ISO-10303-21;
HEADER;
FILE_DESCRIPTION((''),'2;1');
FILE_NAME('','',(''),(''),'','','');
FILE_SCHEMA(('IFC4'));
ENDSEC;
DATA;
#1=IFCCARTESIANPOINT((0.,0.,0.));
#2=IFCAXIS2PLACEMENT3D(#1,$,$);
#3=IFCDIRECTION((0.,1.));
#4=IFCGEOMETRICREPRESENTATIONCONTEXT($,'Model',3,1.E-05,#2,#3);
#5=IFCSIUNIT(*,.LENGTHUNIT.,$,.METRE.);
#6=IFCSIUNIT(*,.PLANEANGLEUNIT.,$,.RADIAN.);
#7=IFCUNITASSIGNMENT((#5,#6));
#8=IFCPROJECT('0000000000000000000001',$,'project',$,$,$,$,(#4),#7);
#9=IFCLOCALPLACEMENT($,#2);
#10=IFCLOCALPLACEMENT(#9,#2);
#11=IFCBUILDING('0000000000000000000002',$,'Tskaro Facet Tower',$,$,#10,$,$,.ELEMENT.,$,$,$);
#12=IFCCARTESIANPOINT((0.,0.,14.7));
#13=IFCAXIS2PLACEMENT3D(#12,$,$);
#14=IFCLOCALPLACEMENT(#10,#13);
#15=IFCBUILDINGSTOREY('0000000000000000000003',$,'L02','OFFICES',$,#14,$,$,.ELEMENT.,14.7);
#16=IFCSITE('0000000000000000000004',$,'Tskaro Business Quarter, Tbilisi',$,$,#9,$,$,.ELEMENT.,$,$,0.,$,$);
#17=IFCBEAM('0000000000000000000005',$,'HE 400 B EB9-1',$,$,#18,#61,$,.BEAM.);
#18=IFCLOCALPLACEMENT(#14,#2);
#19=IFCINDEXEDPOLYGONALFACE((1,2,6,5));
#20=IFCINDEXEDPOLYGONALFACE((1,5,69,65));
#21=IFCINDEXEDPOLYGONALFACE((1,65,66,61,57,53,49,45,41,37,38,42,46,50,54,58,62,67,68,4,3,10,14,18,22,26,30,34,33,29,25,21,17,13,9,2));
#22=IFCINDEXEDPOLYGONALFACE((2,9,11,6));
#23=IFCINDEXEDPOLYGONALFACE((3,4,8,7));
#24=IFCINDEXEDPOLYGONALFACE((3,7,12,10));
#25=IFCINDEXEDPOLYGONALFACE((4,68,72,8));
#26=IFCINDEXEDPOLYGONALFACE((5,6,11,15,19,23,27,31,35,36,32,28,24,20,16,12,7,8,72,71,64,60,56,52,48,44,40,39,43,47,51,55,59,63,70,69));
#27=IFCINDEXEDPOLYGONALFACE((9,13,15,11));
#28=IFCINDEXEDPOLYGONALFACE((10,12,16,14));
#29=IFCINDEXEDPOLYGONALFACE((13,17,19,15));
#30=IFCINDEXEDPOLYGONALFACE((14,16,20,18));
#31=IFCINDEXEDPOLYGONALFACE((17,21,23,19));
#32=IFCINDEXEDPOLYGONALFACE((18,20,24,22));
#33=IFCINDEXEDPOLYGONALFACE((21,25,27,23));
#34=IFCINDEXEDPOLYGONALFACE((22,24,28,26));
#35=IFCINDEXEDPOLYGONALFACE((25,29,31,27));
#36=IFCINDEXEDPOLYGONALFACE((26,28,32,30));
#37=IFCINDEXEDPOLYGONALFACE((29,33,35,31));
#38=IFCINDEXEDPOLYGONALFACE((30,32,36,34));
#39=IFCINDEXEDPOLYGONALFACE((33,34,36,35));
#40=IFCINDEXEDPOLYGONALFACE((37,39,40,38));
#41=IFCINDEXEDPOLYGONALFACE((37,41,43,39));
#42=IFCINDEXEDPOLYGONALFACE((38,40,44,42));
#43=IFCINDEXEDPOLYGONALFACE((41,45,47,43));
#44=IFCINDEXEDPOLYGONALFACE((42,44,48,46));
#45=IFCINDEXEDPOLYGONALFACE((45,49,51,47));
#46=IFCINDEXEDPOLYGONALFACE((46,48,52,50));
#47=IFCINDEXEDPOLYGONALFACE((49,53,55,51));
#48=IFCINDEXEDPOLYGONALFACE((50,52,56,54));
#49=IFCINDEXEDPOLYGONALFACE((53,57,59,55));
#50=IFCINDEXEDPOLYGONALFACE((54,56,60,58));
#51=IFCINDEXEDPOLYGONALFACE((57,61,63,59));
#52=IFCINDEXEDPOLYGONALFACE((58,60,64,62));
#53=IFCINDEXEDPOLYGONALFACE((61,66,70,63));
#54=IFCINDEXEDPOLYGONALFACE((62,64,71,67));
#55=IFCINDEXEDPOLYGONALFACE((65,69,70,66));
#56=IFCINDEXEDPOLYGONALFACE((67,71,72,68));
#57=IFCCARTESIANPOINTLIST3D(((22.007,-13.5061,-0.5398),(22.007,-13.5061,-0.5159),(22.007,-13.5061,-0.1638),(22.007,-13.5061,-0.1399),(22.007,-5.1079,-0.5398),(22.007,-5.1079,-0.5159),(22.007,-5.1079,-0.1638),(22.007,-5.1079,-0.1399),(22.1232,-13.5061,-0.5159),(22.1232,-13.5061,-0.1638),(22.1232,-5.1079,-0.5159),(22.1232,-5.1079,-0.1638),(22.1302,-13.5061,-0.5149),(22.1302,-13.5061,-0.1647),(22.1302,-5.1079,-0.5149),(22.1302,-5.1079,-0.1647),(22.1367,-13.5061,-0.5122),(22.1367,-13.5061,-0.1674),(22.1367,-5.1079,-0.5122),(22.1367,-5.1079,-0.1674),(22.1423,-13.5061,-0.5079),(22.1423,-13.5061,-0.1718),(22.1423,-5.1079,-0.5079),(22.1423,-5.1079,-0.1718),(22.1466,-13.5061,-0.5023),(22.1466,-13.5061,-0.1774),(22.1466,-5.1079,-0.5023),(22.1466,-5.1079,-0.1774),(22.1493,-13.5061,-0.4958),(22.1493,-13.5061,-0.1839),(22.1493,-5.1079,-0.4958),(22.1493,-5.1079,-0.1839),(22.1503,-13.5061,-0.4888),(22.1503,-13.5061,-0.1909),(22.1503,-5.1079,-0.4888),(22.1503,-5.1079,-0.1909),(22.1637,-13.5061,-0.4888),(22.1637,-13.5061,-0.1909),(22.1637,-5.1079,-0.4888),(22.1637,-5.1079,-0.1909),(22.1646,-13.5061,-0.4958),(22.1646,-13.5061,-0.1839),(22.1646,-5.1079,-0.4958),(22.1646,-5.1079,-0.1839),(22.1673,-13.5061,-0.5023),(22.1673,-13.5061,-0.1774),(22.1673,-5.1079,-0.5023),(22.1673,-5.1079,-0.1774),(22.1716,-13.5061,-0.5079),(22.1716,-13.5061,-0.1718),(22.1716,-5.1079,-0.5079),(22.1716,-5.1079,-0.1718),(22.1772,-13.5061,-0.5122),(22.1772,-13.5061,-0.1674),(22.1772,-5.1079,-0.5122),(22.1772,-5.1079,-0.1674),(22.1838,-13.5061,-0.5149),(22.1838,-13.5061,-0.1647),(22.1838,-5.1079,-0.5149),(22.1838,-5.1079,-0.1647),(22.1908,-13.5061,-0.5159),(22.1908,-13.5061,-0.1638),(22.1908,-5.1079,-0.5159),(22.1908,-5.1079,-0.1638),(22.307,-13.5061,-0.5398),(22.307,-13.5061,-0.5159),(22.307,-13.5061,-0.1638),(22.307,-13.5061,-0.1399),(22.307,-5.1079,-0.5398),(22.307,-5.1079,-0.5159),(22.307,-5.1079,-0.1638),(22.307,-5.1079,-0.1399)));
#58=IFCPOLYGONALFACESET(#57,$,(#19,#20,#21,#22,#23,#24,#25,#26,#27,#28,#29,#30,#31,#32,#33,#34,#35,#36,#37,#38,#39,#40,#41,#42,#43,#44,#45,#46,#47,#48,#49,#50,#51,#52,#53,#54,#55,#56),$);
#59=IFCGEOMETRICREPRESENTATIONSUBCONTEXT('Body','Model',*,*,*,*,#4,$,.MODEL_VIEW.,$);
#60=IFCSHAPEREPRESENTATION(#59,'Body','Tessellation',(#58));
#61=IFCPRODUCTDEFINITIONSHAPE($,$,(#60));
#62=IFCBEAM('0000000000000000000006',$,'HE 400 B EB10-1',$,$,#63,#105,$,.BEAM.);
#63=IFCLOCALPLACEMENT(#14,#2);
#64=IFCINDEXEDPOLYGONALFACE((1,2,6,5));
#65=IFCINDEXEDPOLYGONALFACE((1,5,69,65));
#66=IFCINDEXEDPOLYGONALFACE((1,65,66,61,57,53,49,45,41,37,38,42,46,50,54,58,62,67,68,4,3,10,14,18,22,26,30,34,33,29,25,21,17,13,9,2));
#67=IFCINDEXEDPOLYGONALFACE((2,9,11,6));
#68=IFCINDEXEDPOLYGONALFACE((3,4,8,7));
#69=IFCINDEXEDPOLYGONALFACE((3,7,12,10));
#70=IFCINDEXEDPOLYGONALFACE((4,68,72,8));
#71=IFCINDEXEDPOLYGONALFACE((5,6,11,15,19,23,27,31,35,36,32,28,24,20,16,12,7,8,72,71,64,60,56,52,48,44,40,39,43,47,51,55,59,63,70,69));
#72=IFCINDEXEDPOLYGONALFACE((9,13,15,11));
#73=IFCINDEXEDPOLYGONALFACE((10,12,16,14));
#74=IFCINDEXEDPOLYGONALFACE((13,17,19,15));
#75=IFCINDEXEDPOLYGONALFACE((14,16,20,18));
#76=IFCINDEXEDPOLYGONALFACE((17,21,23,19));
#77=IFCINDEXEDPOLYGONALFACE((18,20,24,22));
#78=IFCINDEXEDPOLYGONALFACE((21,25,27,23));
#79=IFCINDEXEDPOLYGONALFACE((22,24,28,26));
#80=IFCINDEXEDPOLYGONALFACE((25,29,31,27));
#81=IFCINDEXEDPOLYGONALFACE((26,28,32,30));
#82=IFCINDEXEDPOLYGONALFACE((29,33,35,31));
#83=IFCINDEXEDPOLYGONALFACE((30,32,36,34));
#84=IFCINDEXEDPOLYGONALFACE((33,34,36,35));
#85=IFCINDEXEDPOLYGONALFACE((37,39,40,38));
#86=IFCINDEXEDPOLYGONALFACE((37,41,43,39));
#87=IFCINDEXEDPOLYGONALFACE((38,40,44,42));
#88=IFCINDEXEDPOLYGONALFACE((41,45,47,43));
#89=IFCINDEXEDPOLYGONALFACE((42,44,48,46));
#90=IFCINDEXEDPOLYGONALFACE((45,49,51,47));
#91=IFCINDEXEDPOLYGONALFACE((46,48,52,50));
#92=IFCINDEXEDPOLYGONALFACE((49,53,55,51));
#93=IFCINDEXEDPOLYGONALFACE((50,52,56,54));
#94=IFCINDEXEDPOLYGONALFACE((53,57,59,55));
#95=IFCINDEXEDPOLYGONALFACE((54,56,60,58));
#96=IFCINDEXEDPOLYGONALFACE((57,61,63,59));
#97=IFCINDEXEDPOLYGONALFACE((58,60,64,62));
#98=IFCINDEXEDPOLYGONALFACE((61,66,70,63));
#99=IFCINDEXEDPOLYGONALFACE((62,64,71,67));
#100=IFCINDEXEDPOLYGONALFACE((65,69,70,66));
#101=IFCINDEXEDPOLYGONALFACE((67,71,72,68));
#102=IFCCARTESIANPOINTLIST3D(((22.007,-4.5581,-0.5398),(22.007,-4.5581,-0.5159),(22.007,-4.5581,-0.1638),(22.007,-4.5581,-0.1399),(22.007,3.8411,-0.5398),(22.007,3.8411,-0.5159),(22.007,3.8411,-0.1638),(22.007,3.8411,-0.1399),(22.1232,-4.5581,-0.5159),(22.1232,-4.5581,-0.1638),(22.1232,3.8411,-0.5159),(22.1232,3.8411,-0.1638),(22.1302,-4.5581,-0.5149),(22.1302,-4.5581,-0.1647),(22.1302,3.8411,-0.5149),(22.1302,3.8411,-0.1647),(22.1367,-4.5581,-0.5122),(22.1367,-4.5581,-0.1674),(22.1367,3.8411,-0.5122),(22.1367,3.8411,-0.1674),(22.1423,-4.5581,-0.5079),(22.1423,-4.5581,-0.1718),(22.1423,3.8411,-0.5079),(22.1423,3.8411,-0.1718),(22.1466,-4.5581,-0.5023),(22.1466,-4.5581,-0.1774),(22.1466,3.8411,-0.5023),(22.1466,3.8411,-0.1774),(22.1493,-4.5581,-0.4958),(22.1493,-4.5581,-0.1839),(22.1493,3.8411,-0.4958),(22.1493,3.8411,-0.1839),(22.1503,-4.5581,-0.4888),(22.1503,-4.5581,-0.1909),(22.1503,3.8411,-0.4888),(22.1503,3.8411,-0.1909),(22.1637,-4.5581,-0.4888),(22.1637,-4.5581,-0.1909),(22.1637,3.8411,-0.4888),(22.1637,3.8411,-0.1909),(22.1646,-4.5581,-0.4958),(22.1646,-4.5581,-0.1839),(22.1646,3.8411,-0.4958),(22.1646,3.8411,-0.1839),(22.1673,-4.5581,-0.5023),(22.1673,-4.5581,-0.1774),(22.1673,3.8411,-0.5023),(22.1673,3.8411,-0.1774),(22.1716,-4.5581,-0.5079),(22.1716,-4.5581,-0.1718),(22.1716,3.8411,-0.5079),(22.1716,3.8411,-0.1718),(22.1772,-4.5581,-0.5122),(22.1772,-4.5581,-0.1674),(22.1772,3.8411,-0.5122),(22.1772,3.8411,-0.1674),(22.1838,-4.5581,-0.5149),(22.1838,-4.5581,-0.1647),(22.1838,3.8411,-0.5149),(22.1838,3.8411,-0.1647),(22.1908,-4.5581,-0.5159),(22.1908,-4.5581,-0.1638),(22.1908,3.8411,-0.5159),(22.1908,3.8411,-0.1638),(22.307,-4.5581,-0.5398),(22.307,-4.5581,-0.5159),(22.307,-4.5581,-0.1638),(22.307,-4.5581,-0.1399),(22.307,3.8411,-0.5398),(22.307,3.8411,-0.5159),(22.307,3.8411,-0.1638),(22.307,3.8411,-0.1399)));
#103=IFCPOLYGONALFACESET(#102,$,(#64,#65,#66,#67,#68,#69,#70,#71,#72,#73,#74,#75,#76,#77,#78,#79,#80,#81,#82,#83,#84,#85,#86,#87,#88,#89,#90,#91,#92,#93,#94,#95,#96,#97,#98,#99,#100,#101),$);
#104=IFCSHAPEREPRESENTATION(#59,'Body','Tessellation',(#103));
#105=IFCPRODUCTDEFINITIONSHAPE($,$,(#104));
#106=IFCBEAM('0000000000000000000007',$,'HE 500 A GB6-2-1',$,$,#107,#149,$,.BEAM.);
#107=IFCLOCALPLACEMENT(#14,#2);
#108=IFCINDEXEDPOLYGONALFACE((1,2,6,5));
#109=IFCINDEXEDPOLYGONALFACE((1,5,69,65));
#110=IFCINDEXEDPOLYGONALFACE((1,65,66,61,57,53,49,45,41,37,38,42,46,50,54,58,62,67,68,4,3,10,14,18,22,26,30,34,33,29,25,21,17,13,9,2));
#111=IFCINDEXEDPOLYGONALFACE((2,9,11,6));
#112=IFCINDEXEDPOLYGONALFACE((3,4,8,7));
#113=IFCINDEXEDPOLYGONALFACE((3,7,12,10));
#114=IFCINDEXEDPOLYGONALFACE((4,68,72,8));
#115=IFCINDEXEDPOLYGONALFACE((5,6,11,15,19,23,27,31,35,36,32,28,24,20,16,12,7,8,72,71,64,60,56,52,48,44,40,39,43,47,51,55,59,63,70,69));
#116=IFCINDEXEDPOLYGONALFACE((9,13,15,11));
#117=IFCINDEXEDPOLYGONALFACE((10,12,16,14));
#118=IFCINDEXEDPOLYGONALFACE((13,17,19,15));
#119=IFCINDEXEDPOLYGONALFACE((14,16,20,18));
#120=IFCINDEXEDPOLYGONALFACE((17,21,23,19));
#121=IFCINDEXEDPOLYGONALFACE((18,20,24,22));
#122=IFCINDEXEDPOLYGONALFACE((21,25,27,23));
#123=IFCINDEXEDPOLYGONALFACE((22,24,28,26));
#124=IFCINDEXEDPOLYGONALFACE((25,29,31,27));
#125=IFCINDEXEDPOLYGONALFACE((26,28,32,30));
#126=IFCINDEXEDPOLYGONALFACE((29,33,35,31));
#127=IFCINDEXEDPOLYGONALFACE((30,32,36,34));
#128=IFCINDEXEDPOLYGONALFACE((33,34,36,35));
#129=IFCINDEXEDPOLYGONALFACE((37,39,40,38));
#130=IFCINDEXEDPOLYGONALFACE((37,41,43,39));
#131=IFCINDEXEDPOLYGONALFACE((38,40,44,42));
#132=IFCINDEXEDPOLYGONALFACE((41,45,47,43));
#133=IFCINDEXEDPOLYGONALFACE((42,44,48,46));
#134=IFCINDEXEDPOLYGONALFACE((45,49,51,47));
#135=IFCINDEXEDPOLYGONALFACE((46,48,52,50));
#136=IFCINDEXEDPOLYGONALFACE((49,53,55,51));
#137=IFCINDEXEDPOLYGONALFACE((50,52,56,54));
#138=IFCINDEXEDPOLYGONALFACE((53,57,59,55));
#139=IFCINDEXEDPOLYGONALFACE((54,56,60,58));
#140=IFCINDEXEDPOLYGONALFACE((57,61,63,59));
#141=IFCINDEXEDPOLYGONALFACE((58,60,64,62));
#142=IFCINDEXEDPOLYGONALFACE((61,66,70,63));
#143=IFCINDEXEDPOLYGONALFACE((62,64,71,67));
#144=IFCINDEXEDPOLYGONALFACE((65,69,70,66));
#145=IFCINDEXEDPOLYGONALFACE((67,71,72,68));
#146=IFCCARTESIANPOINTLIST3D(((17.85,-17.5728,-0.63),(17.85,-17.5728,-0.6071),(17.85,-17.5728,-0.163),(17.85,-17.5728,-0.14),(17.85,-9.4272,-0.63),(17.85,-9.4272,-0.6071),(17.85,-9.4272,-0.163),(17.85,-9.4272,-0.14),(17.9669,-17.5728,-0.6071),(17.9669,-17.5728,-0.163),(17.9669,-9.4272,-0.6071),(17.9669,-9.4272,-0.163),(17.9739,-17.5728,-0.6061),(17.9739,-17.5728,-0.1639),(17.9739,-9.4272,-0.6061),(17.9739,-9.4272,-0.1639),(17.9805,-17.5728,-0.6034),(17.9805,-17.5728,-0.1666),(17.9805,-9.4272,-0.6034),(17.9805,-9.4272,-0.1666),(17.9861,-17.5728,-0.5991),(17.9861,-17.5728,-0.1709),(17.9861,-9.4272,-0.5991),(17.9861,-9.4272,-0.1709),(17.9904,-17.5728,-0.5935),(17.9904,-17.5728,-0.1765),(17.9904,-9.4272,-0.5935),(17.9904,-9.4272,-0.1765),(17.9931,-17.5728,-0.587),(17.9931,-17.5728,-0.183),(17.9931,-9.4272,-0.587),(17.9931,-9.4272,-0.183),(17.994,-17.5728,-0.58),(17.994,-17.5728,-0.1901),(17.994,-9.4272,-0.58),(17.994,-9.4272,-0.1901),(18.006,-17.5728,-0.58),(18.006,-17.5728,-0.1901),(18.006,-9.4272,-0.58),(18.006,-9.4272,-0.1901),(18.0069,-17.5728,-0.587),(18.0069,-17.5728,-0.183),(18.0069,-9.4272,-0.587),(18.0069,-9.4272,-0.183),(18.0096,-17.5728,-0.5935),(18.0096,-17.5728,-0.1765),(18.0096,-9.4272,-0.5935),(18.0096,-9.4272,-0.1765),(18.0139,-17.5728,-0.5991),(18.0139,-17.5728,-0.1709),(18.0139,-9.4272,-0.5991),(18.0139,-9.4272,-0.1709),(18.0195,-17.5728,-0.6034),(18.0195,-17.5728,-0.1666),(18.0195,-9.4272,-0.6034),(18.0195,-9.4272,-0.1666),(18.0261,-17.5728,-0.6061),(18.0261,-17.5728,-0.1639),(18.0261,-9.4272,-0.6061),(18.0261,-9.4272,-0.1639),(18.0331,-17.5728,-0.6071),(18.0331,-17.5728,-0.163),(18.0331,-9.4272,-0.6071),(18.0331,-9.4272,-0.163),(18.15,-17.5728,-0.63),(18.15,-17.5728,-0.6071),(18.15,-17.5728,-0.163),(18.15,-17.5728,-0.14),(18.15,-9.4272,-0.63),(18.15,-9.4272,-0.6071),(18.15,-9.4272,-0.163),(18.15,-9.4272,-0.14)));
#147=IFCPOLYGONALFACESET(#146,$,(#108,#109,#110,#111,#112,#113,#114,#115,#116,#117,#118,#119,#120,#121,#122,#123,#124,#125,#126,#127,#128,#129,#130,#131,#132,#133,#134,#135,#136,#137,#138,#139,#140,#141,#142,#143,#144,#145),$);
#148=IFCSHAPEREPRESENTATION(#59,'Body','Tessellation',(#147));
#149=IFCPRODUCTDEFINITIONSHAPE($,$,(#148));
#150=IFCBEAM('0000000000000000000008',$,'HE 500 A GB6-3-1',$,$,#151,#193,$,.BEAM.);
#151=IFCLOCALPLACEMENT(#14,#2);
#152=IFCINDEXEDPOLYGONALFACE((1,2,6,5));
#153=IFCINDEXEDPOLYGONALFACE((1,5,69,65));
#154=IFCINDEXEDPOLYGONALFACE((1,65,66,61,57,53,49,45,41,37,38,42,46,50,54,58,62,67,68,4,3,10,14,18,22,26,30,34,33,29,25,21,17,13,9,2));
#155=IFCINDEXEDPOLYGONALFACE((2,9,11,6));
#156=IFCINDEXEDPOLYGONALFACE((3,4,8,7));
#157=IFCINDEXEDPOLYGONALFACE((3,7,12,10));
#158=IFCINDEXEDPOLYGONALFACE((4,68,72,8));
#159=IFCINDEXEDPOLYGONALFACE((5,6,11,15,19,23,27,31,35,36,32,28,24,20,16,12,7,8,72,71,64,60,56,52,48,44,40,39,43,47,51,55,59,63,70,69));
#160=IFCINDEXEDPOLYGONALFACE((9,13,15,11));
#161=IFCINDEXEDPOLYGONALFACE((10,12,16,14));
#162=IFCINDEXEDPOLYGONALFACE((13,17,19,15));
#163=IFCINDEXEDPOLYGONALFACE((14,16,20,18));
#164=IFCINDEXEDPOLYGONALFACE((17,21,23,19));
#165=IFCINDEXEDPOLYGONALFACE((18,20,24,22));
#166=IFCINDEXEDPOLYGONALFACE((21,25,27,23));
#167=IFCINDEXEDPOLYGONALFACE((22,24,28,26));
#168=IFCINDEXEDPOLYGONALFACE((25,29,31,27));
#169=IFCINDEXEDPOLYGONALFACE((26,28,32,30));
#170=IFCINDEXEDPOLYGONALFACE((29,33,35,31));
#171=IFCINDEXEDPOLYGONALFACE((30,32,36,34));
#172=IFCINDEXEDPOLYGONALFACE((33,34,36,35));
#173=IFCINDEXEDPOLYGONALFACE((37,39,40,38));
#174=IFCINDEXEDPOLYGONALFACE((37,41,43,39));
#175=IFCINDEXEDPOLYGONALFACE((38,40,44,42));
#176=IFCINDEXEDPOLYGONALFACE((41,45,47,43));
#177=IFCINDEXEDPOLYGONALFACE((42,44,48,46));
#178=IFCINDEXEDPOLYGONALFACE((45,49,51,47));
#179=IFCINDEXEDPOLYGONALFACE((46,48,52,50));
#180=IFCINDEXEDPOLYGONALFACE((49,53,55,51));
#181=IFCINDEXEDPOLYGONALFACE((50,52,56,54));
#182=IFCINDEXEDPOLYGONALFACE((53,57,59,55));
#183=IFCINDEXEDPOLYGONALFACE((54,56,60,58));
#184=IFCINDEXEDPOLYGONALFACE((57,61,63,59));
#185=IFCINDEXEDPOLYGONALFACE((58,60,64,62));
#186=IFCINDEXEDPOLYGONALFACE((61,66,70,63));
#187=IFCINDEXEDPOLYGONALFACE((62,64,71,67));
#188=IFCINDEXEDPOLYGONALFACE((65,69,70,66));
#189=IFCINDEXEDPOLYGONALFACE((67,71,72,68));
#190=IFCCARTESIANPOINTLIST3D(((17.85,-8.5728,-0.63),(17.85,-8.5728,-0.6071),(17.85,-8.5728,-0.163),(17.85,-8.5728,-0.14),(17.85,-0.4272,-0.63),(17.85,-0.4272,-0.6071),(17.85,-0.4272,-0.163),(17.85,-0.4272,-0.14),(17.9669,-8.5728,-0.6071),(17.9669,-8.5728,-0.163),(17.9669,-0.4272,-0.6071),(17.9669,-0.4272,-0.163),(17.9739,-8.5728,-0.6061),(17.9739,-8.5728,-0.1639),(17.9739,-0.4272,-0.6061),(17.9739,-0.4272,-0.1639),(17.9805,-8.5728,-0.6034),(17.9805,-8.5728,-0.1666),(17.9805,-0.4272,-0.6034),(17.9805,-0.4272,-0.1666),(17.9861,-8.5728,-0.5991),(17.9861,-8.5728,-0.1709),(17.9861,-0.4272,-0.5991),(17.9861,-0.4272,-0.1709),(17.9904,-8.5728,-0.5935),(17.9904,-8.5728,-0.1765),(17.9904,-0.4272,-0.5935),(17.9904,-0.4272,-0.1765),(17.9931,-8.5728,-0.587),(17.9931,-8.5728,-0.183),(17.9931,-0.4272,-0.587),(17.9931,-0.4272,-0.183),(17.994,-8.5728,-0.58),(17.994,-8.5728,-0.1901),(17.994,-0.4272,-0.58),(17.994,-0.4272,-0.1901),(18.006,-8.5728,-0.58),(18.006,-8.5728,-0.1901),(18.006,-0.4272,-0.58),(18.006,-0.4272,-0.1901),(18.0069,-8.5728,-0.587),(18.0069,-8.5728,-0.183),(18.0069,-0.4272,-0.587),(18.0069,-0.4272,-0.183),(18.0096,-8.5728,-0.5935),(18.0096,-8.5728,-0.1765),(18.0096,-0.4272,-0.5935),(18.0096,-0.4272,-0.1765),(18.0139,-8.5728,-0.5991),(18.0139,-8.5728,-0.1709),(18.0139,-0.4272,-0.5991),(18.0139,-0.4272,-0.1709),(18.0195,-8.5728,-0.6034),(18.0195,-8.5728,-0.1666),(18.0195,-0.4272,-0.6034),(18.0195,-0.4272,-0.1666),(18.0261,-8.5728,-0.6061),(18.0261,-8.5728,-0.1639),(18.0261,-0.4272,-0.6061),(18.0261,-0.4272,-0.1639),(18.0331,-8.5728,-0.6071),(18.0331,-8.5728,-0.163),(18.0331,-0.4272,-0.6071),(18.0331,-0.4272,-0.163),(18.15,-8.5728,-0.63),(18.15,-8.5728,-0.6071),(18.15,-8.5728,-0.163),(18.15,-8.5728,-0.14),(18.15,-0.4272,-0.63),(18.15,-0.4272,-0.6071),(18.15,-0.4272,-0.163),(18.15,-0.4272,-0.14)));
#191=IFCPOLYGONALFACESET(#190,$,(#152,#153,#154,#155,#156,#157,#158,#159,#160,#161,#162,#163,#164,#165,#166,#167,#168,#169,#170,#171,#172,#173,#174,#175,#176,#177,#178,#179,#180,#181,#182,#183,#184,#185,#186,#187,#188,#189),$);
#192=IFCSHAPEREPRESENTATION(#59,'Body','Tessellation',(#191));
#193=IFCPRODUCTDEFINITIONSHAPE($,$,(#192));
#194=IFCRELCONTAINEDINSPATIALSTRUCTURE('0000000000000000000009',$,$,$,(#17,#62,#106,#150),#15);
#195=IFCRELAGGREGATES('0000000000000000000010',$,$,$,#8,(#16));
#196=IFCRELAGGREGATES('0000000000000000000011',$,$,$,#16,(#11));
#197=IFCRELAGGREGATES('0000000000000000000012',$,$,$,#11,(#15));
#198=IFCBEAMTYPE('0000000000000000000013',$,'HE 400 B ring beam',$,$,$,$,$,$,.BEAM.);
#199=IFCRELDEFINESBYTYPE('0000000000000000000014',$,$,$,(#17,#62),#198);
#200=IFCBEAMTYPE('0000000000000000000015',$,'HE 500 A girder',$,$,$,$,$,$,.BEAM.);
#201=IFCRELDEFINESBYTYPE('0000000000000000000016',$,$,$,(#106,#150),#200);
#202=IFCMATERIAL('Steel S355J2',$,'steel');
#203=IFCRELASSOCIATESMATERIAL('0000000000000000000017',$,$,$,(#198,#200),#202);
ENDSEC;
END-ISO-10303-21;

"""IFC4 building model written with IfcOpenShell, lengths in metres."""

from ifc_helpers import new_model, si_unit, direction, frame, origin, origin_2d, place, context, subcontext, project, spatial, i_section, extrude, material, material_profile, profile_set, type_object, element, save


model = new_model("IFC4")

# Units and contexts
model_context = context("Model", 3, precision=1e-05, world=origin(), true_north=direction((0.0, 1.0)))
body_context = subcontext(model_context, "Body", "Model", "MODEL_VIEW")
ifc_project = project(units=[si_unit("LENGTHUNIT", "METRE"), si_unit("PLANEANGLEUNIT", "RADIAN")], contexts=[model_context])

# Site, building, storey
site_placement = place(None, origin())
site = spatial("IfcSite", under=ifc_project, at=site_placement, Name="Tskaro Business Quarter, Tbilisi", CompositionType="ELEMENT", RefElevation=0.0)
building_placement = place(site_placement, origin())
building = spatial("IfcBuilding", under=site, at=building_placement, Name="Tskaro Facet Tower", CompositionType="ELEMENT")
storey_placement = place(building_placement, frame((0.0, 0.0, 14.7)))
storey = spatial("IfcBuildingStorey", under=building, at=storey_placement, Name="L02", Description="OFFICES", CompositionType="ELEMENT", Elevation=14.7)

# Beams
ifc_material_1 = material(Name="Steel S355J2", Category="steel")
ifc_material_profile_1 = material_profile(ifc_material_1, i_section(OverallWidth=0.3, OverallDepth=0.3999, WebThickness=0.0134, FlangeThickness=0.0239, FilletRadius=0.0271, at=origin_2d()), Name="HE 400 B")
ifc_profile_set_1 = profile_set([ifc_material_profile_1], Name="Steel S355J2")
beam_type_1 = type_object("IfcBeamType", Name="HE 400 B ring beam", PredefinedType="BEAM", material=ifc_profile_set_1)
beam_1_placement = place(storey_placement, frame((22.157, -13.5061, -0.3398), z_axis=(0.0, 1.0, 0.0), x_axis=(-1.0, 0.0, 0.0)))
element("IfcBeam", 1, at=beam_1_placement, inside=storey, type_object=beam_type_1, Name="HE 400 B EB9-1", PredefinedType="BEAM", context=body_context, shape_type="SweptSolid", body=[
    extrude(i_section(OverallWidth=0.3, OverallDepth=0.3999, WebThickness=0.0134, FlangeThickness=0.0239, FilletRadius=0.0271, at=origin_2d()), origin(), (0.0, 0.0, 1.0), 8.3982),
])
beam_2_placement = place(storey_placement, frame((22.157, -4.5581, -0.3398), z_axis=(0.0, 1.0, 0.0), x_axis=(-1.0, 0.0, 0.0)))
element("IfcBeam", 2, at=beam_2_placement, inside=storey, type_object=beam_type_1, Name="HE 400 B EB10-1", PredefinedType="BEAM", context=body_context, shape_type="SweptSolid", body=[
    extrude(i_section(OverallWidth=0.3, OverallDepth=0.3999, WebThickness=0.0134, FlangeThickness=0.0239, FilletRadius=0.0271, at=origin_2d()), origin(), (0.0, 0.0, 1.0), 8.3992),
])
ifc_material_profile_2 = material_profile(ifc_material_1, i_section(OverallWidth=0.3, OverallDepth=0.49, WebThickness=0.012, FlangeThickness=0.0229, FilletRadius=0.0271, at=origin_2d()), Name="HE 500 A")
ifc_profile_set_2 = profile_set([ifc_material_profile_2], Name="Steel S355J2")
beam_type_2 = type_object("IfcBeamType", Name="HE 500 A girder", PredefinedType="BEAM", material=ifc_profile_set_2)
for number, where, z_axis, x_axis, name in (
    (3, (18.0, -17.5728, -0.385), (0.0, 1.0, 0.0), (-1.0, 0.0, 0.0), "HE 500 A GB6-2-1"),
    (4, (18.0, -8.5728, -0.385), (0.0, 1.0, 0.0), (-1.0, 0.0, 0.0), "HE 500 A GB6-3-1"),
):
    element("IfcBeam", number, at=place(storey_placement, frame(where, z_axis=z_axis, x_axis=x_axis)), inside=storey, type_object=beam_type_2, Name=name, PredefinedType="BEAM", context=body_context, shape_type="SweptSolid", body=[
        extrude(i_section(OverallWidth=0.3, OverallDepth=0.49, WebThickness=0.012, FlangeThickness=0.0229, FilletRadius=0.0271, at=origin_2d()), origin(), (0.0, 0.0, 1.0), 8.1455),
    ])

save(model, "model.ifc")
